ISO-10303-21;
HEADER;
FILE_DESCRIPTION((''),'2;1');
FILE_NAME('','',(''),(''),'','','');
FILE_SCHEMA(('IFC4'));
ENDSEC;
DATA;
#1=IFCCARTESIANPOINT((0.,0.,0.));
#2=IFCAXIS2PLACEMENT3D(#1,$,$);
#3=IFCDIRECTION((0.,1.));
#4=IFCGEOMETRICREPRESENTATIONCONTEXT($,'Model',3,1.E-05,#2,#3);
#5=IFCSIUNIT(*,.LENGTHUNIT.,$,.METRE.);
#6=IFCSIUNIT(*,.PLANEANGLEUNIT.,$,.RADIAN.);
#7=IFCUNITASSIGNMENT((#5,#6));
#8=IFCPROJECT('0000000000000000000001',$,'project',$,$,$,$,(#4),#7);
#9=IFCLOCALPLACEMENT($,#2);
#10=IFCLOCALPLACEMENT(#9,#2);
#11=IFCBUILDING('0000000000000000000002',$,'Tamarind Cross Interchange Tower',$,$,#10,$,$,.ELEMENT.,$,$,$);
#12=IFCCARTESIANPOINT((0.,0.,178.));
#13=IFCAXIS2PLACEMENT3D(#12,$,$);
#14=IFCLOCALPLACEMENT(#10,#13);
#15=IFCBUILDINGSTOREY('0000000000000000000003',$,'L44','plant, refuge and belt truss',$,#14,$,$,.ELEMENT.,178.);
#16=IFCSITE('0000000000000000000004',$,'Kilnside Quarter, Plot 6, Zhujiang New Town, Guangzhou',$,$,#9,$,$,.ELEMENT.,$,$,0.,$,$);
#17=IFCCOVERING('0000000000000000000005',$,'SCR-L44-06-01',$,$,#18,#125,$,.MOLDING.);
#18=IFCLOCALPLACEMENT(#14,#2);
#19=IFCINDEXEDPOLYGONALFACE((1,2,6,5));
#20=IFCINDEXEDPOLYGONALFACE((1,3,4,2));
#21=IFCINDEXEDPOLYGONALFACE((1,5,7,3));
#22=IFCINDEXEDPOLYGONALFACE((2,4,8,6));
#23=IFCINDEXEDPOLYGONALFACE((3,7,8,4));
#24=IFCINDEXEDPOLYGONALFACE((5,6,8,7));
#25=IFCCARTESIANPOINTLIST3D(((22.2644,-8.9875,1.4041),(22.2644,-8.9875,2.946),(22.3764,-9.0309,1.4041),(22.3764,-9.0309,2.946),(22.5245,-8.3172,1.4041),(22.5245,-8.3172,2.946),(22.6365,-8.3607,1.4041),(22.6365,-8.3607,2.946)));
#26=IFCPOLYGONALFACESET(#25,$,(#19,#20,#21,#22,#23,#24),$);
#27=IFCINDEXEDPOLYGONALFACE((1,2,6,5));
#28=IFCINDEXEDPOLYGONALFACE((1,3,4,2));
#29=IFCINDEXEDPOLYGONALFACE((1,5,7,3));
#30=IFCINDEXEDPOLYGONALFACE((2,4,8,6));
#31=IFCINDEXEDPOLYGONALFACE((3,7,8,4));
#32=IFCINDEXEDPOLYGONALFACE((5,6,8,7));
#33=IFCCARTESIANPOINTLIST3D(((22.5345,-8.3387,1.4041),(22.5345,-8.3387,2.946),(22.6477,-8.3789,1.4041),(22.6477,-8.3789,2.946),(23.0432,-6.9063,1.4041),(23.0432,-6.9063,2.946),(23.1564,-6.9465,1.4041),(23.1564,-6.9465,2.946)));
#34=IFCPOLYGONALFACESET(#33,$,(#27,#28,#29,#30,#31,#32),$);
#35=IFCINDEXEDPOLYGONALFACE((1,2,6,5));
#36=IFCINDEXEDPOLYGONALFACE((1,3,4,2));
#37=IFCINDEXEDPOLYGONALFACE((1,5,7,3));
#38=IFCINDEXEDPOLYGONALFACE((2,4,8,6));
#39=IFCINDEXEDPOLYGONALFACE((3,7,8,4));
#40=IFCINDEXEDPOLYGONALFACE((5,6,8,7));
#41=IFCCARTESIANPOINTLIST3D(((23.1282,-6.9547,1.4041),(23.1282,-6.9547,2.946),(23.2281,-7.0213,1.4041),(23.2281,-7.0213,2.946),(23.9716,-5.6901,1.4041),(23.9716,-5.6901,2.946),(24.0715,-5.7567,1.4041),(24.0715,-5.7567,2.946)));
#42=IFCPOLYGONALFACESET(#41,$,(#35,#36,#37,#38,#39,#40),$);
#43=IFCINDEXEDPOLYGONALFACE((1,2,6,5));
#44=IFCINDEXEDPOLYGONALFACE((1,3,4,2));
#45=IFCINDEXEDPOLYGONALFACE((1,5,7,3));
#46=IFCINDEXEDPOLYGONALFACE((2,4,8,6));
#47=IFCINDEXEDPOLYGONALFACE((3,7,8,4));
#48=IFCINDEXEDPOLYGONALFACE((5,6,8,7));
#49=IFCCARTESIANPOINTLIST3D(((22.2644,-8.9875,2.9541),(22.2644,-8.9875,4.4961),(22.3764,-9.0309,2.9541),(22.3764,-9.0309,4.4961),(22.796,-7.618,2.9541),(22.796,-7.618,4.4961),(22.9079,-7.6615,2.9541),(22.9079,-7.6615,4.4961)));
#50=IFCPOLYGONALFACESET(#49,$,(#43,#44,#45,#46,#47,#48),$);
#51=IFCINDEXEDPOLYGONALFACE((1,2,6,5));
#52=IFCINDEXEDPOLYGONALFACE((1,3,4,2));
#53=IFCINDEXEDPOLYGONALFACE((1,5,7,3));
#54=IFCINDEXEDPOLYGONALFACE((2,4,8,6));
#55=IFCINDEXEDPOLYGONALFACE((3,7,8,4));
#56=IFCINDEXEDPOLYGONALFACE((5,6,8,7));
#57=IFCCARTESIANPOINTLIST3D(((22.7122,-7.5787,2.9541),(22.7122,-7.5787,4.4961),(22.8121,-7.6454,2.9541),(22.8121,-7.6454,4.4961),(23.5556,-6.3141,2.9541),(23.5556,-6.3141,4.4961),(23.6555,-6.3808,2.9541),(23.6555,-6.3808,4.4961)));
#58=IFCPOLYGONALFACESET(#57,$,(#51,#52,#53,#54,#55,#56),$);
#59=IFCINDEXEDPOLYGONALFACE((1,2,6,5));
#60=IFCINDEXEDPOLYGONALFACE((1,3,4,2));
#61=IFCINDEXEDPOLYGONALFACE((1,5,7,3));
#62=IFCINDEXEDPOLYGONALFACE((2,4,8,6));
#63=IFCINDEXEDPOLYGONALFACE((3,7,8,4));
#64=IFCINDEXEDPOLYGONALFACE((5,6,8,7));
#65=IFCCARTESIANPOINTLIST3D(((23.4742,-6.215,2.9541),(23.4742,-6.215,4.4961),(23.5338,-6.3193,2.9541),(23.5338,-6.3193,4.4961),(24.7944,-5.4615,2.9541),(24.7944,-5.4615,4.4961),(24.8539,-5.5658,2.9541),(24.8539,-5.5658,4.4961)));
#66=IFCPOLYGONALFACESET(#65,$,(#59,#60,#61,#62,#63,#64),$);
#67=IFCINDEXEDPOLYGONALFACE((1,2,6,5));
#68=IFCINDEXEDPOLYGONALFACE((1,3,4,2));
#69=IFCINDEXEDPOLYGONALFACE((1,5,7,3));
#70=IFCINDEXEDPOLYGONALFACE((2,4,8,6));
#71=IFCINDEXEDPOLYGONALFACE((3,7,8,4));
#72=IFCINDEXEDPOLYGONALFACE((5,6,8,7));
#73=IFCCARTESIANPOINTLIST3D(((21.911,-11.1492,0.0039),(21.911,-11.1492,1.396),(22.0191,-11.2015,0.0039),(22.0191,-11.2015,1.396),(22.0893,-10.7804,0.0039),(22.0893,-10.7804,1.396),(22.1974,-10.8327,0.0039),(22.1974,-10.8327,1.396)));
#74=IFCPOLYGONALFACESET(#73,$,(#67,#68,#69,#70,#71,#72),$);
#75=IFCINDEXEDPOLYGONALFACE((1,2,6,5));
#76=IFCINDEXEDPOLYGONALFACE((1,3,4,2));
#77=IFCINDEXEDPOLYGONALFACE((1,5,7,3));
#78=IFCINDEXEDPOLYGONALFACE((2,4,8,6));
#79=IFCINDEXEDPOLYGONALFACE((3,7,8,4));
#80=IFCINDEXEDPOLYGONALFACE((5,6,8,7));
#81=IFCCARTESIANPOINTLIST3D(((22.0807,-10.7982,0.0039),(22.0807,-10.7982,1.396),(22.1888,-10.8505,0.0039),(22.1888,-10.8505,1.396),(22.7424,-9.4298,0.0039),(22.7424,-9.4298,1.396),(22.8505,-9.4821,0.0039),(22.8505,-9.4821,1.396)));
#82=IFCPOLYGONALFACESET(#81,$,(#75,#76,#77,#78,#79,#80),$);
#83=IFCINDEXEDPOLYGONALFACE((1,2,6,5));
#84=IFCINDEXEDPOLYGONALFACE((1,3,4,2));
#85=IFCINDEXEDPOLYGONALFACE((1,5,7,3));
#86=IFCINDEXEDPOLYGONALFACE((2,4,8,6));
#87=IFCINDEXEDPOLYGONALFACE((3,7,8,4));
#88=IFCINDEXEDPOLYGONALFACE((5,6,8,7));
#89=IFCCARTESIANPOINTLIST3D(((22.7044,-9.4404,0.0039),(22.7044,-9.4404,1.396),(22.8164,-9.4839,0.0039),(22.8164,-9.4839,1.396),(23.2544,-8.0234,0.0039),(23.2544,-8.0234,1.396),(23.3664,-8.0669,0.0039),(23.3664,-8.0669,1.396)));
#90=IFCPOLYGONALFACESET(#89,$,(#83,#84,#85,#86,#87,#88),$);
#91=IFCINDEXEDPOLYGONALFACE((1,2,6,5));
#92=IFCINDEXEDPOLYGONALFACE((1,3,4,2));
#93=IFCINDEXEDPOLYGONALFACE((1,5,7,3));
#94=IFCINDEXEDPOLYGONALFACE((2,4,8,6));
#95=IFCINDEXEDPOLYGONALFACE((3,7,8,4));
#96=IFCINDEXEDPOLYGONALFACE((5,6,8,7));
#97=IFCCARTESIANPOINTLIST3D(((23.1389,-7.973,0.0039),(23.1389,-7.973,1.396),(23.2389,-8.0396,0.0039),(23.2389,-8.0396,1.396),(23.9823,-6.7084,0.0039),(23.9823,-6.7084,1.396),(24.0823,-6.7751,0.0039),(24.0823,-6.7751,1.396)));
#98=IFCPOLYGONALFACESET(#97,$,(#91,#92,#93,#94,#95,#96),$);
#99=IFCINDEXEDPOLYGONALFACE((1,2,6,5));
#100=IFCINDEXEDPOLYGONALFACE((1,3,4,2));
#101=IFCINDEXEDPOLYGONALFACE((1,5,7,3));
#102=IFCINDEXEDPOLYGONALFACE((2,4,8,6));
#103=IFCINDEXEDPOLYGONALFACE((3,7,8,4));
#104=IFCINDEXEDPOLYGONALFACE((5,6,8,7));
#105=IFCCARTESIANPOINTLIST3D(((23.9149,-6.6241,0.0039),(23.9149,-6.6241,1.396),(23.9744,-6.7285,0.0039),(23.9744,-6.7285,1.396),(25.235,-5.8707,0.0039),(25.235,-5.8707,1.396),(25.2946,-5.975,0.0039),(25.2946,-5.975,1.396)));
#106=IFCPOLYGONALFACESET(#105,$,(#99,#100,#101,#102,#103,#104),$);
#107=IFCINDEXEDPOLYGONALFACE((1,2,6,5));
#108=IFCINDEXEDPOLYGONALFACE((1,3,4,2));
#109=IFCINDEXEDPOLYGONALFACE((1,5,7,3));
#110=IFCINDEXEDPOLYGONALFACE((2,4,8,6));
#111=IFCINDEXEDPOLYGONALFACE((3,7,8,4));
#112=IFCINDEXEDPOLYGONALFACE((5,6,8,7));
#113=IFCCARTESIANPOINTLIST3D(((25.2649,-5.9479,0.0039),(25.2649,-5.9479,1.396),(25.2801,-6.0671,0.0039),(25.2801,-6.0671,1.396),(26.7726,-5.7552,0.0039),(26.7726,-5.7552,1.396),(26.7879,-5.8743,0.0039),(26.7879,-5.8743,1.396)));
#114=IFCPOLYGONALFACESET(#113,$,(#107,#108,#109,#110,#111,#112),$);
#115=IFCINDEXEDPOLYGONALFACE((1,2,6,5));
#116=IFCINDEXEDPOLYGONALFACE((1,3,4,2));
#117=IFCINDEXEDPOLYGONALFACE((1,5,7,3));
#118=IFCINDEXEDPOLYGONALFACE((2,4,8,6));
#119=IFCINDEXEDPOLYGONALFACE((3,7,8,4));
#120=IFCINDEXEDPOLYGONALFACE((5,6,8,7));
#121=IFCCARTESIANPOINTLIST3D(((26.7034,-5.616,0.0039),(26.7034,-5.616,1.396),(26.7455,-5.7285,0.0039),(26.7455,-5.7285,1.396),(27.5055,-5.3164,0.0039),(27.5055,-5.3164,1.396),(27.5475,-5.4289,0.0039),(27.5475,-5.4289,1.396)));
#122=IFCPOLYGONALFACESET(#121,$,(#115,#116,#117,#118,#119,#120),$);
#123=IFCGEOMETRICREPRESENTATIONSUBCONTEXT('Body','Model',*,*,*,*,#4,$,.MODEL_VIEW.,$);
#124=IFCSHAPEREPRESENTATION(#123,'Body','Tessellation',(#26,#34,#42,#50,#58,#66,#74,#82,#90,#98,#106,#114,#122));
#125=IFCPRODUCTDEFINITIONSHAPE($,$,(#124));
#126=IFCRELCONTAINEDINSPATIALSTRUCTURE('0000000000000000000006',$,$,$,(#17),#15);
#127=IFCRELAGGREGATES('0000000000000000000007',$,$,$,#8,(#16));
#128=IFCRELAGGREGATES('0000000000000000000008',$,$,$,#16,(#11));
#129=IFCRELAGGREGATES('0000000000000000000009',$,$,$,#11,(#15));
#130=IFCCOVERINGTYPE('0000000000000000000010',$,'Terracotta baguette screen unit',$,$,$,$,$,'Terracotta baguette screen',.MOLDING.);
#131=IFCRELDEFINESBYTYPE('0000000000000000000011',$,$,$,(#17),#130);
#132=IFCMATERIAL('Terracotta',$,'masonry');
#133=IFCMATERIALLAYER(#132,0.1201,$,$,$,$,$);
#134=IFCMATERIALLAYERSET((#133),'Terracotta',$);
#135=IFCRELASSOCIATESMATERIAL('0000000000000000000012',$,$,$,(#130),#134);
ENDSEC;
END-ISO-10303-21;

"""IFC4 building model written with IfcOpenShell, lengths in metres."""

from ifc_helpers import new_model, si_unit, direction, frame, origin, origin_2d, place, context, subcontext, project, spatial, rectangle, extrude, material, layer, layer_set, type_object, element, save


model = new_model("IFC4")

# Units and contexts
model_context = context("Model", 3, precision=1e-05, world=origin(), true_north=direction((0.0, 1.0)))
body_context = subcontext(model_context, "Body", "Model", "MODEL_VIEW")
ifc_project = project(units=[si_unit("LENGTHUNIT", "METRE"), si_unit("PLANEANGLEUNIT", "RADIAN")], contexts=[model_context])

# Site, building, storey
site_placement = place(None, origin())
site = spatial("IfcSite", under=ifc_project, at=site_placement, Name="Kilnside Quarter, Plot 6, Zhujiang New Town, Guangzhou", CompositionType="ELEMENT", RefElevation=0.0)
building_placement = place(site_placement, origin())
building = spatial("IfcBuilding", under=site, at=building_placement, Name="Tamarind Cross Interchange Tower", CompositionType="ELEMENT")
storey_placement = place(building_placement, frame((0.0, 0.0, 178.0)))
storey = spatial("IfcBuildingStorey", under=building, at=storey_placement, Name="L44", Description="plant, refuge and belt truss", CompositionType="ELEMENT", Elevation=178.0)

# Covering
ifc_material_1 = material(Name="Terracotta", Category="masonry")
ifc_layer_1 = layer(ifc_material_1, 0.1201)
ifc_layer_set_1 = layer_set([ifc_layer_1], Name="Terracotta")
covering_type = type_object("IfcCoveringType", Name="Terracotta baguette screen unit", ElementType="Terracotta baguette screen", PredefinedType="MOLDING", material=ifc_layer_set_1)
covering_1_placement = place(storey_placement, origin())
element("IfcCovering", 1, at=covering_1_placement, inside=storey, type_object=covering_type, Name="SCR-L44-06-01", PredefinedType="MOLDING", context=body_context, shape_type="SweptSolid", body=[
    extrude(rectangle(XDim=0.719, YDim=0.1201, at=origin_2d()), frame((22.4504, -8.6741, 1.4041), z_axis=(0.0, 0.0, 1.0), x_axis=(0.361835, 0.932242, 0.0)), (0.0, 0.0, 1.0), 1.542),
    extrude(rectangle(XDim=1.52, YDim=0.1201, at=origin_2d()), frame((22.8455, -7.6426, 1.4041), z_axis=(0.0, 0.0, 1.0), x_axis=(0.334671, 0.942335, 0.0)), (0.0, 0.0, 1.0), 1.542),
    extrude(rectangle(XDim=1.52, YDim=0.1201, at=origin_2d()), frame((23.5999, -6.3557, 1.4041), z_axis=(0.0, 0.0, 1.0), x_axis=(0.554848, 0.831952, 0.0)), (0.0, 0.0, 1.0), 1.542),
    extrude(rectangle(XDim=1.469, YDim=0.1201, at=origin_2d()), frame((22.5862, -8.3245, 2.9541), z_axis=(0.0, 0.0, 1.0), x_axis=(0.361835, 0.932242, 0.0)), (0.0, 0.0, 1.0), 1.542),
    extrude(rectangle(XDim=1.52, YDim=0.1201, at=origin_2d()), frame((23.1838, -6.9797, 2.9541), z_axis=(0.0, 0.0, 1.0), x_axis=(0.554848, 0.831952, 0.0)), (0.0, 0.0, 1.0), 1.542),
    extrude(rectangle(XDim=1.52, YDim=0.1201, at=origin_2d()), frame((24.1641, -5.8904, 2.9541), z_axis=(0.0, 0.0, 1.0), x_axis=(0.868489, 0.495709, 0.0)), (0.0, 0.0, 1.0), 1.542),
    extrude(rectangle(XDim=0.4097, YDim=0.1201, at=origin_2d()), frame((22.0542, -10.991, 0.0039), z_axis=(0.0, 0.0, 1.0), x_axis=(0.435326, 0.900273, 0.0)), (0.0, 0.0, 1.0), 1.3921),
    extrude(rectangle(XDim=1.52, YDim=0.1201, at=origin_2d()), frame((22.4656, -10.1401, 0.0039), z_axis=(0.0, 0.0, 1.0), x_axis=(0.435326, 0.900273, 0.0)), (0.0, 0.0, 1.0), 1.3921),
    extrude(rectangle(XDim=1.52, YDim=0.1201, at=origin_2d()), frame((23.0354, -8.7537, 0.0039), z_axis=(0.0, 0.0, 1.0), x_axis=(0.361835, 0.932242, 0.0)), (0.0, 0.0, 1.0), 1.3921),
    extrude(rectangle(XDim=1.52, YDim=0.1201, at=origin_2d()), frame((23.6106, -7.374, 0.0039), z_axis=(0.0, 0.0, 1.0), x_axis=(0.554848, 0.831952, 0.0)), (0.0, 0.0, 1.0), 1.3921),
    extrude(rectangle(XDim=1.52, YDim=0.1201, at=origin_2d()), frame((24.6047, -6.2996, 0.0039), z_axis=(0.0, 0.0, 1.0), x_axis=(0.868489, 0.495709, 0.0)), (0.0, 0.0, 1.0), 1.3921),
    extrude(rectangle(XDim=1.52, YDim=0.1201, at=origin_2d()), frame((26.0264, -5.9111, 0.0039), z_axis=(0.0, 0.0, 1.0), x_axis=(0.991925, 0.126823, 0.0)), (0.0, 0.0, 1.0), 1.3921),
    extrude(rectangle(XDim=0.8562, YDim=0.1201, at=origin_2d()), frame((27.1255, -5.5225, 0.0039), z_axis=(0.0, 0.0, 1.0), x_axis=(0.93678, 0.349919, 0.0)), (0.0, 0.0, 1.0), 1.3921),
])

save(model, "model.ifc")
